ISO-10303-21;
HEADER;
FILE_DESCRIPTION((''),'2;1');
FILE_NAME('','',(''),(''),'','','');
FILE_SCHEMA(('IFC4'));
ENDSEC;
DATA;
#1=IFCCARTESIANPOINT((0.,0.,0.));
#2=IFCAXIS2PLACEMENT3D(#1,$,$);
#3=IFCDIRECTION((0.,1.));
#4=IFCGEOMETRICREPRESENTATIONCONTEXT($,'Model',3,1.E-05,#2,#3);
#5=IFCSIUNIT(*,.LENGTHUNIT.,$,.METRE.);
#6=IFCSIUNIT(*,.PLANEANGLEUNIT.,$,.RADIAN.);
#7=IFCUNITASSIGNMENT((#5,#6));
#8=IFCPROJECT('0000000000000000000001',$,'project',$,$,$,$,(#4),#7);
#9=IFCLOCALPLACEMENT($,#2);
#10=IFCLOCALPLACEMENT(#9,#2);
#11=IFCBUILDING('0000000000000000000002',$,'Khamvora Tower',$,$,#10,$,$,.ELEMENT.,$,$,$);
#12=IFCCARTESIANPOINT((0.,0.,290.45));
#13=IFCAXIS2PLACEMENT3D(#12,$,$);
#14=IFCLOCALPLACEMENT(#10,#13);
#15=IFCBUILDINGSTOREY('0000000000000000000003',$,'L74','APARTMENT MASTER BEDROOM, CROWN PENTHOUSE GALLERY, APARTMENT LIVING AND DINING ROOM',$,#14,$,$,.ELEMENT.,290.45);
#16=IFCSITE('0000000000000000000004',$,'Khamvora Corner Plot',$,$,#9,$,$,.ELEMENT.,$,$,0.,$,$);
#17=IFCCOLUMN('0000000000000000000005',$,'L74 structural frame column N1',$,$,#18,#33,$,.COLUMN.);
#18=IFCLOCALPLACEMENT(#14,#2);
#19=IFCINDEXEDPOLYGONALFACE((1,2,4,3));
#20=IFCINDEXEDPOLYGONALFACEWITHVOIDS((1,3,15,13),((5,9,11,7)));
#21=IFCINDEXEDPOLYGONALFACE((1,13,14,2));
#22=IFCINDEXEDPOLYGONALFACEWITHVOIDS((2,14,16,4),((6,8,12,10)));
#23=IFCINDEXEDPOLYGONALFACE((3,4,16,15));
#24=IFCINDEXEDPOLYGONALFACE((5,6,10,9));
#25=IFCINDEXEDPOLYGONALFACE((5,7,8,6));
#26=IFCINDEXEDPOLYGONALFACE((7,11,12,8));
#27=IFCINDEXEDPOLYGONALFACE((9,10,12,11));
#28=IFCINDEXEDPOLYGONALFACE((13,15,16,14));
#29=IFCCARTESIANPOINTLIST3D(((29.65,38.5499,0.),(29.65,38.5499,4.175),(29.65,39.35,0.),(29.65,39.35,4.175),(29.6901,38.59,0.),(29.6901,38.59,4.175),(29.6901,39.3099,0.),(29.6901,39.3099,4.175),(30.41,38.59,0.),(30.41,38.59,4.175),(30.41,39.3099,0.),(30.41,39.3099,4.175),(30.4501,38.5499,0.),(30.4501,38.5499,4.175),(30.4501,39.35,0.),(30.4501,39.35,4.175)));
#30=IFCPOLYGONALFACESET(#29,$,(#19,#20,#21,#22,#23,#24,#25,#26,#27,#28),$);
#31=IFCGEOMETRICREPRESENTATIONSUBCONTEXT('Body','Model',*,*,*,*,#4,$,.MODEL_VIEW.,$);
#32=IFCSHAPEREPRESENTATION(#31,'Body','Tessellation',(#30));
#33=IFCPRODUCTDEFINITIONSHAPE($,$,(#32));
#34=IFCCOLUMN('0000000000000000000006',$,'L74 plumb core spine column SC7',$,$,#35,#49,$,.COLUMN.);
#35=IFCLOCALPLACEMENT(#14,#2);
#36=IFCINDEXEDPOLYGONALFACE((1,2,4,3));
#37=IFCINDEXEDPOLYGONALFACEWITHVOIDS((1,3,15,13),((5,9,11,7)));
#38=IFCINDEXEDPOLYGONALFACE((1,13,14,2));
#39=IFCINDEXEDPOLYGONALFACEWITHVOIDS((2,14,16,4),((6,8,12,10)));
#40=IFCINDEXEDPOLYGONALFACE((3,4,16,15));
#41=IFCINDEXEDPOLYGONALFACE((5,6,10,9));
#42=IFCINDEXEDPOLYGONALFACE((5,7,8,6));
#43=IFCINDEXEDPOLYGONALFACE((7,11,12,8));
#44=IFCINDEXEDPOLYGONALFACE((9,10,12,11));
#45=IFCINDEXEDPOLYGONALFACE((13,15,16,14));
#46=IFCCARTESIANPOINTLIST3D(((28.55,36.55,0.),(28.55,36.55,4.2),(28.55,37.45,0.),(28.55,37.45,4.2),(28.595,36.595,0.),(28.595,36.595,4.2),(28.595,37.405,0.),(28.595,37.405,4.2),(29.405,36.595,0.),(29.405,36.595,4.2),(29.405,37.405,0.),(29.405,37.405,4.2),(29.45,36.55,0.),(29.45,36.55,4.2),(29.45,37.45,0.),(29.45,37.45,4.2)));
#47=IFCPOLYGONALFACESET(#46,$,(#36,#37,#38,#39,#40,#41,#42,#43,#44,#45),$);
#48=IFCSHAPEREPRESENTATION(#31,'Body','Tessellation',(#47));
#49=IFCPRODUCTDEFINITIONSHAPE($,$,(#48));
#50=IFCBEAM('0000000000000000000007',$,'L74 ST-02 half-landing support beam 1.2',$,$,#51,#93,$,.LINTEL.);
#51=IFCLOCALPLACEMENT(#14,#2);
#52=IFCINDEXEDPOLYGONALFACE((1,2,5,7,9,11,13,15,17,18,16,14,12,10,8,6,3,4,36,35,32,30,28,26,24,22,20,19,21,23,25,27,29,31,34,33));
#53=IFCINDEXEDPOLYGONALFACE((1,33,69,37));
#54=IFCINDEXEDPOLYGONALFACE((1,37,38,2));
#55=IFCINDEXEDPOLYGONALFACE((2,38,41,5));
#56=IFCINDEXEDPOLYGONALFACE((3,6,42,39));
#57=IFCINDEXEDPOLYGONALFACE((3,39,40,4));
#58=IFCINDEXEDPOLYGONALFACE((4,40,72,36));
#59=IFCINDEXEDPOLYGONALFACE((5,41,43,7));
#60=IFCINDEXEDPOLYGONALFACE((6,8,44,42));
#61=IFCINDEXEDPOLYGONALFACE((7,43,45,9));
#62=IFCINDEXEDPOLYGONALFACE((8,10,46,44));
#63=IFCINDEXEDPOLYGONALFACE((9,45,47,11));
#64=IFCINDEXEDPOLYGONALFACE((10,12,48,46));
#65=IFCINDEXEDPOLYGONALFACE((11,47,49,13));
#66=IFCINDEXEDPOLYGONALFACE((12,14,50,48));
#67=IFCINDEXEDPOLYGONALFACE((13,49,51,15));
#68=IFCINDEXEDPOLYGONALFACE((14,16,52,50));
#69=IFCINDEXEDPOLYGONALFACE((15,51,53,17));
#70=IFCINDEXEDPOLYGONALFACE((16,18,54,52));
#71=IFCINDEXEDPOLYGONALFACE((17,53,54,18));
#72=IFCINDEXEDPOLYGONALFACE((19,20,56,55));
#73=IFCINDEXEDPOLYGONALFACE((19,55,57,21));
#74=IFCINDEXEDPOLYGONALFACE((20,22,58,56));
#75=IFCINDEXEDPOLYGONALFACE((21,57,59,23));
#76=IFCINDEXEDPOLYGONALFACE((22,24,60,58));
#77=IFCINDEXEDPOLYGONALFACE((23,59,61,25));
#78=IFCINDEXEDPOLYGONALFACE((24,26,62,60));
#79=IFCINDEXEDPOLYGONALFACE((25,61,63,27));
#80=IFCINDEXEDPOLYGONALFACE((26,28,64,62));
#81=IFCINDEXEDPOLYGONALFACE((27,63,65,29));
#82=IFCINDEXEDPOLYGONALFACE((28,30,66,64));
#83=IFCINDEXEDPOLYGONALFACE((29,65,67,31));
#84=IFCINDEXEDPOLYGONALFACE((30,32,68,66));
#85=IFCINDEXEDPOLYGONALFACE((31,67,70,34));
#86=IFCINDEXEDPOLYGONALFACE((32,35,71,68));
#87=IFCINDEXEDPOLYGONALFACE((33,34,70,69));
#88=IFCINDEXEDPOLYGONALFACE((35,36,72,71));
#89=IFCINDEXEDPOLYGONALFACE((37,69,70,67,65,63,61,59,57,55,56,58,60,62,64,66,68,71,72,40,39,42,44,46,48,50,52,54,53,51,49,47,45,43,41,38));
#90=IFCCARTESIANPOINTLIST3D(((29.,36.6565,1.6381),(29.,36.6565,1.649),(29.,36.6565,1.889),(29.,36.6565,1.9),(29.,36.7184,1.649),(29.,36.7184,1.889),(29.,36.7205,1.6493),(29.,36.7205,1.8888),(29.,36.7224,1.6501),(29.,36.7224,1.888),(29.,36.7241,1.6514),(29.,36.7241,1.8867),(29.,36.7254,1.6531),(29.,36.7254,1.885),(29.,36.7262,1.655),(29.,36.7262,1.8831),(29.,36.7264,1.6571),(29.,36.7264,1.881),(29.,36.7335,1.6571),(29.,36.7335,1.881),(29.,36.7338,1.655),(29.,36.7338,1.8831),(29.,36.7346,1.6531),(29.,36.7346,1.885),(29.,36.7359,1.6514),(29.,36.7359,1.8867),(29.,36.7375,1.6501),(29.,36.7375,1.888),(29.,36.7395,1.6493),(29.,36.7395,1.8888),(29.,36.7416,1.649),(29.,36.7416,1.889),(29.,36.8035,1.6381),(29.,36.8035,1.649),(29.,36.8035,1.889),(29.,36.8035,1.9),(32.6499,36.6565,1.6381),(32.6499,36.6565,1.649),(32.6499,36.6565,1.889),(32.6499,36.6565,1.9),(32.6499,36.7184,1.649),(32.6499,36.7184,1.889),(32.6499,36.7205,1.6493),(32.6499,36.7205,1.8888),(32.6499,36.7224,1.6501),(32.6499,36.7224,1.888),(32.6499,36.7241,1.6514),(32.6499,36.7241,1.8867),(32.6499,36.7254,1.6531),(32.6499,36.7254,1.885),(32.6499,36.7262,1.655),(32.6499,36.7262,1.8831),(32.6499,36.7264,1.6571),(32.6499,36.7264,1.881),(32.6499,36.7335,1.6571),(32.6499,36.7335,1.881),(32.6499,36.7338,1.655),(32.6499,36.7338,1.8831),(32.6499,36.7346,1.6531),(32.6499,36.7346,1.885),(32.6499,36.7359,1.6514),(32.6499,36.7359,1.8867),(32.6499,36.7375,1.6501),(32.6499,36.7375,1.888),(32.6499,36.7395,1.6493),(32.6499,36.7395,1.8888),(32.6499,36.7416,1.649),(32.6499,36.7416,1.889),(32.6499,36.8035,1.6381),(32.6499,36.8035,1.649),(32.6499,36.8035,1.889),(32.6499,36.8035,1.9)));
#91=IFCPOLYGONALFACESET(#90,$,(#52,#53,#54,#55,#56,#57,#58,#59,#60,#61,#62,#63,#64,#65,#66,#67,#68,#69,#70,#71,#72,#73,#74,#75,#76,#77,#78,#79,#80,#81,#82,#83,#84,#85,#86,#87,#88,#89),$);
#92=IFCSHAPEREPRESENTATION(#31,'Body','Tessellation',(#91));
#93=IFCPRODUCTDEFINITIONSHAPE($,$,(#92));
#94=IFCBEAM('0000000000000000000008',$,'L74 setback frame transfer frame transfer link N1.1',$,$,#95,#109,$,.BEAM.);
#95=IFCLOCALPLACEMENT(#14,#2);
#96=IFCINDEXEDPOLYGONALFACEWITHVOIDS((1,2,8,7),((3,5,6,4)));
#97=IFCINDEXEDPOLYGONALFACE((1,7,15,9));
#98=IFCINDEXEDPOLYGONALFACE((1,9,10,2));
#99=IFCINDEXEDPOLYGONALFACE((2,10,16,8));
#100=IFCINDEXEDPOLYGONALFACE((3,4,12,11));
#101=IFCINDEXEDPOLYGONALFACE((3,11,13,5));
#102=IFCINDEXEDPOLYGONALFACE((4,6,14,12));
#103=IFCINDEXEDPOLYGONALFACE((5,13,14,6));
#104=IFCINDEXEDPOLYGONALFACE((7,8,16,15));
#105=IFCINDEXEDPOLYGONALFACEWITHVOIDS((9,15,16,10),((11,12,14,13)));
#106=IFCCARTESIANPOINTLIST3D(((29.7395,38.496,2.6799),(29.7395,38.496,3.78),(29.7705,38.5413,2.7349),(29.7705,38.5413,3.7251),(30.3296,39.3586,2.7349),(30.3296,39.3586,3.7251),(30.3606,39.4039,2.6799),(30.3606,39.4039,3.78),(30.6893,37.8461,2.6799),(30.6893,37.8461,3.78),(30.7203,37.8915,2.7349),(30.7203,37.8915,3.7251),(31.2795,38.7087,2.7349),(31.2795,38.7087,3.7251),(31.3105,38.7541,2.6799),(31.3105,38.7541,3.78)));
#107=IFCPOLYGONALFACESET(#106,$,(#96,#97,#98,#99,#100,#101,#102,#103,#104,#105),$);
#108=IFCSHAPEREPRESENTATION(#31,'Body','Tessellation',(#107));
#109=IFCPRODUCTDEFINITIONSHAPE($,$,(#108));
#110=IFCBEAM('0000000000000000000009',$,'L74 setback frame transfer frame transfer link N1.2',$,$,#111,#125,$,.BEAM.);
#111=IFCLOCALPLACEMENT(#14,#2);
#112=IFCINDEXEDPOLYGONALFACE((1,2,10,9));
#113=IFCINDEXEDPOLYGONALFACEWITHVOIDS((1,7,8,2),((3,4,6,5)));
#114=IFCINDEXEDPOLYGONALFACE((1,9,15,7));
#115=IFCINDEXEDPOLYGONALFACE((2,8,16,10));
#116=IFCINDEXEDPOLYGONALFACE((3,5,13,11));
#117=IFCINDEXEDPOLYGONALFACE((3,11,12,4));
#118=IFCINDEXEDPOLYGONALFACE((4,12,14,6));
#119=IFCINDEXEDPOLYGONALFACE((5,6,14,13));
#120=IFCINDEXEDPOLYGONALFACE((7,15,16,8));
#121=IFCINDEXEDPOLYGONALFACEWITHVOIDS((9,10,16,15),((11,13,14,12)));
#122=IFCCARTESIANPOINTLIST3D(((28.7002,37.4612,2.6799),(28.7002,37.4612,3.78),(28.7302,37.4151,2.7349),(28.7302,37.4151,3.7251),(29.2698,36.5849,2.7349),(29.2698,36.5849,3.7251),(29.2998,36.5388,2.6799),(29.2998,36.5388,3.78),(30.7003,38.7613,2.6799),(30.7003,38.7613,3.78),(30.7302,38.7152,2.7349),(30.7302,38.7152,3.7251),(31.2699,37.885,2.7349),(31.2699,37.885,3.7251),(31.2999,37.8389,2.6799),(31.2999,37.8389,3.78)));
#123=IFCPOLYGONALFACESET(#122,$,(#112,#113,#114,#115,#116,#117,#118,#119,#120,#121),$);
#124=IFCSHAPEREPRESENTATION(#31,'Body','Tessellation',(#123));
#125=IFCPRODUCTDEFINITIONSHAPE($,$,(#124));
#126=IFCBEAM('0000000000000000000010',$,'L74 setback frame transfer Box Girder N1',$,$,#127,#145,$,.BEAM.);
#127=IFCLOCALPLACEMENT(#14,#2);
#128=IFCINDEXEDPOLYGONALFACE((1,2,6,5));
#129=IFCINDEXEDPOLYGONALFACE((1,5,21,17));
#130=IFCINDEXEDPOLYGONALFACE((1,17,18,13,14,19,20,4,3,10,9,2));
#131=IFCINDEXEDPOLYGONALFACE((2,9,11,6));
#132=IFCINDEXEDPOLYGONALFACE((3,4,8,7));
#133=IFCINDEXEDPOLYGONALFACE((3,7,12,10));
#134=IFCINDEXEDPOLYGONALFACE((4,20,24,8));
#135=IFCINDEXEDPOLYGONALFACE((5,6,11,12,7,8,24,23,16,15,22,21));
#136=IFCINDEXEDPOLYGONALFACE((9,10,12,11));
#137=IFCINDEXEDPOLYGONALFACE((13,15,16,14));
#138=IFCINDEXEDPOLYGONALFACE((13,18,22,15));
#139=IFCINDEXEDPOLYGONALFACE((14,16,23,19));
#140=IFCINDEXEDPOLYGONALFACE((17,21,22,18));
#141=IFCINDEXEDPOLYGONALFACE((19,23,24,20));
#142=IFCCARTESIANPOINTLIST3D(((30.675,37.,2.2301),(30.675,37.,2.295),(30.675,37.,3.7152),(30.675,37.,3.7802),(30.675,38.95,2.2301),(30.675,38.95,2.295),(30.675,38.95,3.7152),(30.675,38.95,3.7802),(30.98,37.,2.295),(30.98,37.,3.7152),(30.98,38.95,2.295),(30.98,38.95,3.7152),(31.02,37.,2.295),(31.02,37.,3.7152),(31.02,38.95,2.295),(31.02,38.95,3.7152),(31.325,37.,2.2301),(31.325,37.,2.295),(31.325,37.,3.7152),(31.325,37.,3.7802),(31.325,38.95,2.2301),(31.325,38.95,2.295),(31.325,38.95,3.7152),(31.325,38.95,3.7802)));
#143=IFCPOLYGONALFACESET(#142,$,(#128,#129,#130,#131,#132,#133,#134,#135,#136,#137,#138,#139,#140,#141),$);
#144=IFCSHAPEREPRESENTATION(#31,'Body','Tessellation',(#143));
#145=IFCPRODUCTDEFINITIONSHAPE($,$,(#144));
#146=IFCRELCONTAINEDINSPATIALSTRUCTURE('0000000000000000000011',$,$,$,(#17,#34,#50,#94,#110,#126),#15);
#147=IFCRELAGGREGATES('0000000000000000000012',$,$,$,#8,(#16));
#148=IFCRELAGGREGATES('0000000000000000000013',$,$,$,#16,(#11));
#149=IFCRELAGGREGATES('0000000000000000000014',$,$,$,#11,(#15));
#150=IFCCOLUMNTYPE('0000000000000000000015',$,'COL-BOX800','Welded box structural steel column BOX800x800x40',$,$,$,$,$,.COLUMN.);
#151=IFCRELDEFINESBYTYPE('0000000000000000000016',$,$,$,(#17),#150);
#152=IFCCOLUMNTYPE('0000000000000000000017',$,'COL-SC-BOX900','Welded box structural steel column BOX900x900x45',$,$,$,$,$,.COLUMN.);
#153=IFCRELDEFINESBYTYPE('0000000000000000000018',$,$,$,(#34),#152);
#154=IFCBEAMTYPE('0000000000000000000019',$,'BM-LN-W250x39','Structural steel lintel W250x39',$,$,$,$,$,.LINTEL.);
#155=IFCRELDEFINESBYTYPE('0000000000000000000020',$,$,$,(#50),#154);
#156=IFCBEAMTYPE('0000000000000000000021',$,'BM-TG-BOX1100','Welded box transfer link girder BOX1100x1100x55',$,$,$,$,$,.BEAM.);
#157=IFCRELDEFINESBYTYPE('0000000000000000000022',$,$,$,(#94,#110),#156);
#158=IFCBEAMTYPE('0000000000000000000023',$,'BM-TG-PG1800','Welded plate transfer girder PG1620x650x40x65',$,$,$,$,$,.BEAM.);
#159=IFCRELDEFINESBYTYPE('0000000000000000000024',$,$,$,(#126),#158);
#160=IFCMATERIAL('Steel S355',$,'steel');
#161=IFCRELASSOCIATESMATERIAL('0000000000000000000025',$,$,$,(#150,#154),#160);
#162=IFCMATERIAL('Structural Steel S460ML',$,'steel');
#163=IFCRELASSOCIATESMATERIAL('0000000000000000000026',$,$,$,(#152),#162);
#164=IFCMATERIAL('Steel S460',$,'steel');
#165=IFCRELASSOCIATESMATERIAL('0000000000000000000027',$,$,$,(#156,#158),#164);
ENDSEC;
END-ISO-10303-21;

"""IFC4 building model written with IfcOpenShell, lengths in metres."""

from ifc_helpers import new_model, si_unit, direction, frame, origin, origin_2d, place, context, subcontext, project, spatial, hollow_rectangle, i_section, extrude, material, material_profile, profile_set, type_object, element, save


model = new_model("IFC4")

# Units and contexts
model_context = context("Model", 3, precision=1e-05, world=origin(), true_north=direction((0.0, 1.0)))
body_context = subcontext(model_context, "Body", "Model", "MODEL_VIEW")
ifc_project = project(units=[si_unit("LENGTHUNIT", "METRE"), si_unit("PLANEANGLEUNIT", "RADIAN")], contexts=[model_context])

# Site, building, storey
site_placement = place(None, origin())
site = spatial("IfcSite", under=ifc_project, at=site_placement, Name="Khamvora Corner Plot", CompositionType="ELEMENT", RefElevation=0.0)
building_placement = place(site_placement, origin())
building = spatial("IfcBuilding", under=site, at=building_placement, Name="Khamvora Tower", CompositionType="ELEMENT")
storey_placement = place(building_placement, frame((0.0, 0.0, 290.45)))
storey = spatial("IfcBuildingStorey", under=building, at=storey_placement, Name="L74", Description="APARTMENT MASTER BEDROOM, CROWN PENTHOUSE GALLERY, APARTMENT LIVING AND DINING ROOM", CompositionType="ELEMENT", Elevation=290.45)

# Columns
ifc_material_1 = material(Name="Steel S355", Category="steel")
ifc_material_profile_1 = material_profile(ifc_material_1, hollow_rectangle(XDim=0.8, YDim=0.8, WallThickness=0.04, at=origin_2d()), Name="BOX800x800x40")
ifc_profile_set_1 = profile_set([ifc_material_profile_1], Name="Steel S355")
column_type_1 = type_object("IfcColumnType", Name="COL-BOX800", Description="Welded box structural steel column BOX800x800x40", PredefinedType="COLUMN", material=ifc_profile_set_1)
column_1_placement = place(storey_placement, frame((30.05, 38.95, 0.0), z_axis=(0.0, 0.0, 1.0), x_axis=(1.0, 0.0, 0.0)))
element("IfcColumn", 1, at=column_1_placement, inside=storey, type_object=column_type_1, Name="L74 structural frame column N1", PredefinedType="COLUMN", context=body_context, shape_type="SweptSolid", body=[
    extrude(hollow_rectangle(XDim=0.8, YDim=0.8, WallThickness=0.04, at=origin_2d()), origin(), (0.0, 0.0, 1.0), 4.175),
])
ifc_material_2 = material(Name="Structural Steel S460ML", Category="steel")
ifc_material_profile_2 = material_profile(ifc_material_2, hollow_rectangle(XDim=0.8999, YDim=0.8999, WallThickness=0.0449, at=origin_2d()), Name="BOX900x900x45")
ifc_profile_set_2 = profile_set([ifc_material_profile_2], Name="Structural Steel S460ML")
column_type_2 = type_object("IfcColumnType", Name="COL-SC-BOX900", Description="Welded box structural steel column BOX900x900x45", PredefinedType="COLUMN", material=ifc_profile_set_2)
column_2_placement = place(storey_placement, frame((29.0, 37.0, 0.0), z_axis=(0.0, 0.0, 1.0), x_axis=(1.0, 0.0, 0.0)))
element("IfcColumn", 2, at=column_2_placement, inside=storey, type_object=column_type_2, Name="L74 plumb core spine column SC7", PredefinedType="COLUMN", context=body_context, shape_type="SweptSolid", body=[
    extrude(hollow_rectangle(XDim=0.8999, YDim=0.8999, WallThickness=0.0449, at=origin_2d()), origin(), (0.0, 0.0, 1.0), 4.2),
])

# Beams
ifc_material_profile_3 = material_profile(ifc_material_1, i_section(OverallWidth=0.147, OverallDepth=0.262, WebThickness=0.0071, FlangeThickness=0.011, FilletRadius=0.0081, at=origin_2d()), Name="W250x39")
ifc_profile_set_3 = profile_set([ifc_material_profile_3], Name="Steel S355")
beam_type_1 = type_object("IfcBeamType", Name="BM-LN-W250x39", Description="Structural steel lintel W250x39", PredefinedType="LINTEL", material=ifc_profile_set_3)
beam_1_placement = place(storey_placement, frame((29.0, 36.73, 1.769), z_axis=(1.0, 0.0, 0.0), x_axis=(0.0, 1.0, 0.0)))
element("IfcBeam", 3, at=beam_1_placement, inside=storey, type_object=beam_type_1, Name="L74 ST-02 half-landing support beam 1.2", PredefinedType="LINTEL", context=body_context, shape_type="SweptSolid", body=[
    extrude(i_section(OverallWidth=0.147, OverallDepth=0.262, WebThickness=0.0071, FlangeThickness=0.011, FilletRadius=0.0081, at=origin_2d()), origin(), (0.0, 0.0, 1.0), 3.6499),
])
ifc_material_3 = material(Name="Steel S460", Category="steel")
ifc_material_profile_4 = material_profile(ifc_material_3, hollow_rectangle(XDim=1.1001, YDim=1.1001, WallThickness=0.0549, at=origin_2d()), Name="BOX1100x1100x55")
ifc_profile_set_4 = profile_set([ifc_material_profile_4], Name="Steel S460")
beam_type_2 = type_object("IfcBeamType", Name="BM-TG-BOX1100", Description="Welded box transfer link girder BOX1100x1100x55", PredefinedType="BEAM", material=ifc_profile_set_4)
beam_2_placement = place(storey_placement, frame((30.05, 38.95, 3.23), z_axis=(0.825333, -0.564646, 0.0), x_axis=(0.564646, 0.825333, 0.0)))
element("IfcBeam", 4, at=beam_2_placement, inside=storey, type_object=beam_type_2, Name="L74 setback frame transfer frame transfer link N1.1", PredefinedType="BEAM", context=body_context, shape_type="SweptSolid", body=[
    extrude(hollow_rectangle(XDim=1.1001, YDim=1.1001, WallThickness=0.0549, at=origin_2d()), origin(), (0.0, 0.0, 1.0), 1.1509),
])
beam_3_placement = place(storey_placement, frame((29.0, 37.0, 3.23), z_axis=(0.838434, 0.545003, 0.0), x_axis=(-0.545003, 0.838434, 0.0)))
element("IfcBeam", 5, at=beam_3_placement, inside=storey, type_object=beam_type_2, Name="L74 setback frame transfer frame transfer link N1.2", PredefinedType="BEAM", context=body_context, shape_type="SweptSolid", body=[
    extrude(hollow_rectangle(XDim=1.1001, YDim=1.1001, WallThickness=0.0549, at=origin_2d()), origin(), (0.0, 0.0, 1.0), 2.3855),
])
ifc_material_profile_5 = material_profile(ifc_material_3, i_section(OverallWidth=0.6499, OverallDepth=1.55, WebThickness=0.04, FlangeThickness=0.0649, at=origin_2d()), Name="PG1550x650x40x65")
ifc_profile_set_5 = profile_set([ifc_material_profile_5], Name="Steel S460")
beam_type_3 = type_object("IfcBeamType", Name="BM-TG-PG1800", Description="Welded plate transfer girder PG1620x650x40x65", PredefinedType="BEAM", material=ifc_profile_set_5)
beam_4_placement = place(storey_placement, frame((31.0, 37.0, 3.0051), z_axis=(0.0, 1.0, 0.0), x_axis=(-1.0, 0.0, 0.0)))
element("IfcBeam", 6, at=beam_4_placement, inside=storey, type_object=beam_type_3, Name="L74 setback frame transfer Box Girder N1", PredefinedType="BEAM", context=body_context, shape_type="SweptSolid", body=[
    extrude(i_section(OverallWidth=0.6499, OverallDepth=1.55, WebThickness=0.04, FlangeThickness=0.0649, at=origin_2d()), origin(), (0.0, 0.0, 1.0), 1.95),
])

save(model, "model.ifc")
